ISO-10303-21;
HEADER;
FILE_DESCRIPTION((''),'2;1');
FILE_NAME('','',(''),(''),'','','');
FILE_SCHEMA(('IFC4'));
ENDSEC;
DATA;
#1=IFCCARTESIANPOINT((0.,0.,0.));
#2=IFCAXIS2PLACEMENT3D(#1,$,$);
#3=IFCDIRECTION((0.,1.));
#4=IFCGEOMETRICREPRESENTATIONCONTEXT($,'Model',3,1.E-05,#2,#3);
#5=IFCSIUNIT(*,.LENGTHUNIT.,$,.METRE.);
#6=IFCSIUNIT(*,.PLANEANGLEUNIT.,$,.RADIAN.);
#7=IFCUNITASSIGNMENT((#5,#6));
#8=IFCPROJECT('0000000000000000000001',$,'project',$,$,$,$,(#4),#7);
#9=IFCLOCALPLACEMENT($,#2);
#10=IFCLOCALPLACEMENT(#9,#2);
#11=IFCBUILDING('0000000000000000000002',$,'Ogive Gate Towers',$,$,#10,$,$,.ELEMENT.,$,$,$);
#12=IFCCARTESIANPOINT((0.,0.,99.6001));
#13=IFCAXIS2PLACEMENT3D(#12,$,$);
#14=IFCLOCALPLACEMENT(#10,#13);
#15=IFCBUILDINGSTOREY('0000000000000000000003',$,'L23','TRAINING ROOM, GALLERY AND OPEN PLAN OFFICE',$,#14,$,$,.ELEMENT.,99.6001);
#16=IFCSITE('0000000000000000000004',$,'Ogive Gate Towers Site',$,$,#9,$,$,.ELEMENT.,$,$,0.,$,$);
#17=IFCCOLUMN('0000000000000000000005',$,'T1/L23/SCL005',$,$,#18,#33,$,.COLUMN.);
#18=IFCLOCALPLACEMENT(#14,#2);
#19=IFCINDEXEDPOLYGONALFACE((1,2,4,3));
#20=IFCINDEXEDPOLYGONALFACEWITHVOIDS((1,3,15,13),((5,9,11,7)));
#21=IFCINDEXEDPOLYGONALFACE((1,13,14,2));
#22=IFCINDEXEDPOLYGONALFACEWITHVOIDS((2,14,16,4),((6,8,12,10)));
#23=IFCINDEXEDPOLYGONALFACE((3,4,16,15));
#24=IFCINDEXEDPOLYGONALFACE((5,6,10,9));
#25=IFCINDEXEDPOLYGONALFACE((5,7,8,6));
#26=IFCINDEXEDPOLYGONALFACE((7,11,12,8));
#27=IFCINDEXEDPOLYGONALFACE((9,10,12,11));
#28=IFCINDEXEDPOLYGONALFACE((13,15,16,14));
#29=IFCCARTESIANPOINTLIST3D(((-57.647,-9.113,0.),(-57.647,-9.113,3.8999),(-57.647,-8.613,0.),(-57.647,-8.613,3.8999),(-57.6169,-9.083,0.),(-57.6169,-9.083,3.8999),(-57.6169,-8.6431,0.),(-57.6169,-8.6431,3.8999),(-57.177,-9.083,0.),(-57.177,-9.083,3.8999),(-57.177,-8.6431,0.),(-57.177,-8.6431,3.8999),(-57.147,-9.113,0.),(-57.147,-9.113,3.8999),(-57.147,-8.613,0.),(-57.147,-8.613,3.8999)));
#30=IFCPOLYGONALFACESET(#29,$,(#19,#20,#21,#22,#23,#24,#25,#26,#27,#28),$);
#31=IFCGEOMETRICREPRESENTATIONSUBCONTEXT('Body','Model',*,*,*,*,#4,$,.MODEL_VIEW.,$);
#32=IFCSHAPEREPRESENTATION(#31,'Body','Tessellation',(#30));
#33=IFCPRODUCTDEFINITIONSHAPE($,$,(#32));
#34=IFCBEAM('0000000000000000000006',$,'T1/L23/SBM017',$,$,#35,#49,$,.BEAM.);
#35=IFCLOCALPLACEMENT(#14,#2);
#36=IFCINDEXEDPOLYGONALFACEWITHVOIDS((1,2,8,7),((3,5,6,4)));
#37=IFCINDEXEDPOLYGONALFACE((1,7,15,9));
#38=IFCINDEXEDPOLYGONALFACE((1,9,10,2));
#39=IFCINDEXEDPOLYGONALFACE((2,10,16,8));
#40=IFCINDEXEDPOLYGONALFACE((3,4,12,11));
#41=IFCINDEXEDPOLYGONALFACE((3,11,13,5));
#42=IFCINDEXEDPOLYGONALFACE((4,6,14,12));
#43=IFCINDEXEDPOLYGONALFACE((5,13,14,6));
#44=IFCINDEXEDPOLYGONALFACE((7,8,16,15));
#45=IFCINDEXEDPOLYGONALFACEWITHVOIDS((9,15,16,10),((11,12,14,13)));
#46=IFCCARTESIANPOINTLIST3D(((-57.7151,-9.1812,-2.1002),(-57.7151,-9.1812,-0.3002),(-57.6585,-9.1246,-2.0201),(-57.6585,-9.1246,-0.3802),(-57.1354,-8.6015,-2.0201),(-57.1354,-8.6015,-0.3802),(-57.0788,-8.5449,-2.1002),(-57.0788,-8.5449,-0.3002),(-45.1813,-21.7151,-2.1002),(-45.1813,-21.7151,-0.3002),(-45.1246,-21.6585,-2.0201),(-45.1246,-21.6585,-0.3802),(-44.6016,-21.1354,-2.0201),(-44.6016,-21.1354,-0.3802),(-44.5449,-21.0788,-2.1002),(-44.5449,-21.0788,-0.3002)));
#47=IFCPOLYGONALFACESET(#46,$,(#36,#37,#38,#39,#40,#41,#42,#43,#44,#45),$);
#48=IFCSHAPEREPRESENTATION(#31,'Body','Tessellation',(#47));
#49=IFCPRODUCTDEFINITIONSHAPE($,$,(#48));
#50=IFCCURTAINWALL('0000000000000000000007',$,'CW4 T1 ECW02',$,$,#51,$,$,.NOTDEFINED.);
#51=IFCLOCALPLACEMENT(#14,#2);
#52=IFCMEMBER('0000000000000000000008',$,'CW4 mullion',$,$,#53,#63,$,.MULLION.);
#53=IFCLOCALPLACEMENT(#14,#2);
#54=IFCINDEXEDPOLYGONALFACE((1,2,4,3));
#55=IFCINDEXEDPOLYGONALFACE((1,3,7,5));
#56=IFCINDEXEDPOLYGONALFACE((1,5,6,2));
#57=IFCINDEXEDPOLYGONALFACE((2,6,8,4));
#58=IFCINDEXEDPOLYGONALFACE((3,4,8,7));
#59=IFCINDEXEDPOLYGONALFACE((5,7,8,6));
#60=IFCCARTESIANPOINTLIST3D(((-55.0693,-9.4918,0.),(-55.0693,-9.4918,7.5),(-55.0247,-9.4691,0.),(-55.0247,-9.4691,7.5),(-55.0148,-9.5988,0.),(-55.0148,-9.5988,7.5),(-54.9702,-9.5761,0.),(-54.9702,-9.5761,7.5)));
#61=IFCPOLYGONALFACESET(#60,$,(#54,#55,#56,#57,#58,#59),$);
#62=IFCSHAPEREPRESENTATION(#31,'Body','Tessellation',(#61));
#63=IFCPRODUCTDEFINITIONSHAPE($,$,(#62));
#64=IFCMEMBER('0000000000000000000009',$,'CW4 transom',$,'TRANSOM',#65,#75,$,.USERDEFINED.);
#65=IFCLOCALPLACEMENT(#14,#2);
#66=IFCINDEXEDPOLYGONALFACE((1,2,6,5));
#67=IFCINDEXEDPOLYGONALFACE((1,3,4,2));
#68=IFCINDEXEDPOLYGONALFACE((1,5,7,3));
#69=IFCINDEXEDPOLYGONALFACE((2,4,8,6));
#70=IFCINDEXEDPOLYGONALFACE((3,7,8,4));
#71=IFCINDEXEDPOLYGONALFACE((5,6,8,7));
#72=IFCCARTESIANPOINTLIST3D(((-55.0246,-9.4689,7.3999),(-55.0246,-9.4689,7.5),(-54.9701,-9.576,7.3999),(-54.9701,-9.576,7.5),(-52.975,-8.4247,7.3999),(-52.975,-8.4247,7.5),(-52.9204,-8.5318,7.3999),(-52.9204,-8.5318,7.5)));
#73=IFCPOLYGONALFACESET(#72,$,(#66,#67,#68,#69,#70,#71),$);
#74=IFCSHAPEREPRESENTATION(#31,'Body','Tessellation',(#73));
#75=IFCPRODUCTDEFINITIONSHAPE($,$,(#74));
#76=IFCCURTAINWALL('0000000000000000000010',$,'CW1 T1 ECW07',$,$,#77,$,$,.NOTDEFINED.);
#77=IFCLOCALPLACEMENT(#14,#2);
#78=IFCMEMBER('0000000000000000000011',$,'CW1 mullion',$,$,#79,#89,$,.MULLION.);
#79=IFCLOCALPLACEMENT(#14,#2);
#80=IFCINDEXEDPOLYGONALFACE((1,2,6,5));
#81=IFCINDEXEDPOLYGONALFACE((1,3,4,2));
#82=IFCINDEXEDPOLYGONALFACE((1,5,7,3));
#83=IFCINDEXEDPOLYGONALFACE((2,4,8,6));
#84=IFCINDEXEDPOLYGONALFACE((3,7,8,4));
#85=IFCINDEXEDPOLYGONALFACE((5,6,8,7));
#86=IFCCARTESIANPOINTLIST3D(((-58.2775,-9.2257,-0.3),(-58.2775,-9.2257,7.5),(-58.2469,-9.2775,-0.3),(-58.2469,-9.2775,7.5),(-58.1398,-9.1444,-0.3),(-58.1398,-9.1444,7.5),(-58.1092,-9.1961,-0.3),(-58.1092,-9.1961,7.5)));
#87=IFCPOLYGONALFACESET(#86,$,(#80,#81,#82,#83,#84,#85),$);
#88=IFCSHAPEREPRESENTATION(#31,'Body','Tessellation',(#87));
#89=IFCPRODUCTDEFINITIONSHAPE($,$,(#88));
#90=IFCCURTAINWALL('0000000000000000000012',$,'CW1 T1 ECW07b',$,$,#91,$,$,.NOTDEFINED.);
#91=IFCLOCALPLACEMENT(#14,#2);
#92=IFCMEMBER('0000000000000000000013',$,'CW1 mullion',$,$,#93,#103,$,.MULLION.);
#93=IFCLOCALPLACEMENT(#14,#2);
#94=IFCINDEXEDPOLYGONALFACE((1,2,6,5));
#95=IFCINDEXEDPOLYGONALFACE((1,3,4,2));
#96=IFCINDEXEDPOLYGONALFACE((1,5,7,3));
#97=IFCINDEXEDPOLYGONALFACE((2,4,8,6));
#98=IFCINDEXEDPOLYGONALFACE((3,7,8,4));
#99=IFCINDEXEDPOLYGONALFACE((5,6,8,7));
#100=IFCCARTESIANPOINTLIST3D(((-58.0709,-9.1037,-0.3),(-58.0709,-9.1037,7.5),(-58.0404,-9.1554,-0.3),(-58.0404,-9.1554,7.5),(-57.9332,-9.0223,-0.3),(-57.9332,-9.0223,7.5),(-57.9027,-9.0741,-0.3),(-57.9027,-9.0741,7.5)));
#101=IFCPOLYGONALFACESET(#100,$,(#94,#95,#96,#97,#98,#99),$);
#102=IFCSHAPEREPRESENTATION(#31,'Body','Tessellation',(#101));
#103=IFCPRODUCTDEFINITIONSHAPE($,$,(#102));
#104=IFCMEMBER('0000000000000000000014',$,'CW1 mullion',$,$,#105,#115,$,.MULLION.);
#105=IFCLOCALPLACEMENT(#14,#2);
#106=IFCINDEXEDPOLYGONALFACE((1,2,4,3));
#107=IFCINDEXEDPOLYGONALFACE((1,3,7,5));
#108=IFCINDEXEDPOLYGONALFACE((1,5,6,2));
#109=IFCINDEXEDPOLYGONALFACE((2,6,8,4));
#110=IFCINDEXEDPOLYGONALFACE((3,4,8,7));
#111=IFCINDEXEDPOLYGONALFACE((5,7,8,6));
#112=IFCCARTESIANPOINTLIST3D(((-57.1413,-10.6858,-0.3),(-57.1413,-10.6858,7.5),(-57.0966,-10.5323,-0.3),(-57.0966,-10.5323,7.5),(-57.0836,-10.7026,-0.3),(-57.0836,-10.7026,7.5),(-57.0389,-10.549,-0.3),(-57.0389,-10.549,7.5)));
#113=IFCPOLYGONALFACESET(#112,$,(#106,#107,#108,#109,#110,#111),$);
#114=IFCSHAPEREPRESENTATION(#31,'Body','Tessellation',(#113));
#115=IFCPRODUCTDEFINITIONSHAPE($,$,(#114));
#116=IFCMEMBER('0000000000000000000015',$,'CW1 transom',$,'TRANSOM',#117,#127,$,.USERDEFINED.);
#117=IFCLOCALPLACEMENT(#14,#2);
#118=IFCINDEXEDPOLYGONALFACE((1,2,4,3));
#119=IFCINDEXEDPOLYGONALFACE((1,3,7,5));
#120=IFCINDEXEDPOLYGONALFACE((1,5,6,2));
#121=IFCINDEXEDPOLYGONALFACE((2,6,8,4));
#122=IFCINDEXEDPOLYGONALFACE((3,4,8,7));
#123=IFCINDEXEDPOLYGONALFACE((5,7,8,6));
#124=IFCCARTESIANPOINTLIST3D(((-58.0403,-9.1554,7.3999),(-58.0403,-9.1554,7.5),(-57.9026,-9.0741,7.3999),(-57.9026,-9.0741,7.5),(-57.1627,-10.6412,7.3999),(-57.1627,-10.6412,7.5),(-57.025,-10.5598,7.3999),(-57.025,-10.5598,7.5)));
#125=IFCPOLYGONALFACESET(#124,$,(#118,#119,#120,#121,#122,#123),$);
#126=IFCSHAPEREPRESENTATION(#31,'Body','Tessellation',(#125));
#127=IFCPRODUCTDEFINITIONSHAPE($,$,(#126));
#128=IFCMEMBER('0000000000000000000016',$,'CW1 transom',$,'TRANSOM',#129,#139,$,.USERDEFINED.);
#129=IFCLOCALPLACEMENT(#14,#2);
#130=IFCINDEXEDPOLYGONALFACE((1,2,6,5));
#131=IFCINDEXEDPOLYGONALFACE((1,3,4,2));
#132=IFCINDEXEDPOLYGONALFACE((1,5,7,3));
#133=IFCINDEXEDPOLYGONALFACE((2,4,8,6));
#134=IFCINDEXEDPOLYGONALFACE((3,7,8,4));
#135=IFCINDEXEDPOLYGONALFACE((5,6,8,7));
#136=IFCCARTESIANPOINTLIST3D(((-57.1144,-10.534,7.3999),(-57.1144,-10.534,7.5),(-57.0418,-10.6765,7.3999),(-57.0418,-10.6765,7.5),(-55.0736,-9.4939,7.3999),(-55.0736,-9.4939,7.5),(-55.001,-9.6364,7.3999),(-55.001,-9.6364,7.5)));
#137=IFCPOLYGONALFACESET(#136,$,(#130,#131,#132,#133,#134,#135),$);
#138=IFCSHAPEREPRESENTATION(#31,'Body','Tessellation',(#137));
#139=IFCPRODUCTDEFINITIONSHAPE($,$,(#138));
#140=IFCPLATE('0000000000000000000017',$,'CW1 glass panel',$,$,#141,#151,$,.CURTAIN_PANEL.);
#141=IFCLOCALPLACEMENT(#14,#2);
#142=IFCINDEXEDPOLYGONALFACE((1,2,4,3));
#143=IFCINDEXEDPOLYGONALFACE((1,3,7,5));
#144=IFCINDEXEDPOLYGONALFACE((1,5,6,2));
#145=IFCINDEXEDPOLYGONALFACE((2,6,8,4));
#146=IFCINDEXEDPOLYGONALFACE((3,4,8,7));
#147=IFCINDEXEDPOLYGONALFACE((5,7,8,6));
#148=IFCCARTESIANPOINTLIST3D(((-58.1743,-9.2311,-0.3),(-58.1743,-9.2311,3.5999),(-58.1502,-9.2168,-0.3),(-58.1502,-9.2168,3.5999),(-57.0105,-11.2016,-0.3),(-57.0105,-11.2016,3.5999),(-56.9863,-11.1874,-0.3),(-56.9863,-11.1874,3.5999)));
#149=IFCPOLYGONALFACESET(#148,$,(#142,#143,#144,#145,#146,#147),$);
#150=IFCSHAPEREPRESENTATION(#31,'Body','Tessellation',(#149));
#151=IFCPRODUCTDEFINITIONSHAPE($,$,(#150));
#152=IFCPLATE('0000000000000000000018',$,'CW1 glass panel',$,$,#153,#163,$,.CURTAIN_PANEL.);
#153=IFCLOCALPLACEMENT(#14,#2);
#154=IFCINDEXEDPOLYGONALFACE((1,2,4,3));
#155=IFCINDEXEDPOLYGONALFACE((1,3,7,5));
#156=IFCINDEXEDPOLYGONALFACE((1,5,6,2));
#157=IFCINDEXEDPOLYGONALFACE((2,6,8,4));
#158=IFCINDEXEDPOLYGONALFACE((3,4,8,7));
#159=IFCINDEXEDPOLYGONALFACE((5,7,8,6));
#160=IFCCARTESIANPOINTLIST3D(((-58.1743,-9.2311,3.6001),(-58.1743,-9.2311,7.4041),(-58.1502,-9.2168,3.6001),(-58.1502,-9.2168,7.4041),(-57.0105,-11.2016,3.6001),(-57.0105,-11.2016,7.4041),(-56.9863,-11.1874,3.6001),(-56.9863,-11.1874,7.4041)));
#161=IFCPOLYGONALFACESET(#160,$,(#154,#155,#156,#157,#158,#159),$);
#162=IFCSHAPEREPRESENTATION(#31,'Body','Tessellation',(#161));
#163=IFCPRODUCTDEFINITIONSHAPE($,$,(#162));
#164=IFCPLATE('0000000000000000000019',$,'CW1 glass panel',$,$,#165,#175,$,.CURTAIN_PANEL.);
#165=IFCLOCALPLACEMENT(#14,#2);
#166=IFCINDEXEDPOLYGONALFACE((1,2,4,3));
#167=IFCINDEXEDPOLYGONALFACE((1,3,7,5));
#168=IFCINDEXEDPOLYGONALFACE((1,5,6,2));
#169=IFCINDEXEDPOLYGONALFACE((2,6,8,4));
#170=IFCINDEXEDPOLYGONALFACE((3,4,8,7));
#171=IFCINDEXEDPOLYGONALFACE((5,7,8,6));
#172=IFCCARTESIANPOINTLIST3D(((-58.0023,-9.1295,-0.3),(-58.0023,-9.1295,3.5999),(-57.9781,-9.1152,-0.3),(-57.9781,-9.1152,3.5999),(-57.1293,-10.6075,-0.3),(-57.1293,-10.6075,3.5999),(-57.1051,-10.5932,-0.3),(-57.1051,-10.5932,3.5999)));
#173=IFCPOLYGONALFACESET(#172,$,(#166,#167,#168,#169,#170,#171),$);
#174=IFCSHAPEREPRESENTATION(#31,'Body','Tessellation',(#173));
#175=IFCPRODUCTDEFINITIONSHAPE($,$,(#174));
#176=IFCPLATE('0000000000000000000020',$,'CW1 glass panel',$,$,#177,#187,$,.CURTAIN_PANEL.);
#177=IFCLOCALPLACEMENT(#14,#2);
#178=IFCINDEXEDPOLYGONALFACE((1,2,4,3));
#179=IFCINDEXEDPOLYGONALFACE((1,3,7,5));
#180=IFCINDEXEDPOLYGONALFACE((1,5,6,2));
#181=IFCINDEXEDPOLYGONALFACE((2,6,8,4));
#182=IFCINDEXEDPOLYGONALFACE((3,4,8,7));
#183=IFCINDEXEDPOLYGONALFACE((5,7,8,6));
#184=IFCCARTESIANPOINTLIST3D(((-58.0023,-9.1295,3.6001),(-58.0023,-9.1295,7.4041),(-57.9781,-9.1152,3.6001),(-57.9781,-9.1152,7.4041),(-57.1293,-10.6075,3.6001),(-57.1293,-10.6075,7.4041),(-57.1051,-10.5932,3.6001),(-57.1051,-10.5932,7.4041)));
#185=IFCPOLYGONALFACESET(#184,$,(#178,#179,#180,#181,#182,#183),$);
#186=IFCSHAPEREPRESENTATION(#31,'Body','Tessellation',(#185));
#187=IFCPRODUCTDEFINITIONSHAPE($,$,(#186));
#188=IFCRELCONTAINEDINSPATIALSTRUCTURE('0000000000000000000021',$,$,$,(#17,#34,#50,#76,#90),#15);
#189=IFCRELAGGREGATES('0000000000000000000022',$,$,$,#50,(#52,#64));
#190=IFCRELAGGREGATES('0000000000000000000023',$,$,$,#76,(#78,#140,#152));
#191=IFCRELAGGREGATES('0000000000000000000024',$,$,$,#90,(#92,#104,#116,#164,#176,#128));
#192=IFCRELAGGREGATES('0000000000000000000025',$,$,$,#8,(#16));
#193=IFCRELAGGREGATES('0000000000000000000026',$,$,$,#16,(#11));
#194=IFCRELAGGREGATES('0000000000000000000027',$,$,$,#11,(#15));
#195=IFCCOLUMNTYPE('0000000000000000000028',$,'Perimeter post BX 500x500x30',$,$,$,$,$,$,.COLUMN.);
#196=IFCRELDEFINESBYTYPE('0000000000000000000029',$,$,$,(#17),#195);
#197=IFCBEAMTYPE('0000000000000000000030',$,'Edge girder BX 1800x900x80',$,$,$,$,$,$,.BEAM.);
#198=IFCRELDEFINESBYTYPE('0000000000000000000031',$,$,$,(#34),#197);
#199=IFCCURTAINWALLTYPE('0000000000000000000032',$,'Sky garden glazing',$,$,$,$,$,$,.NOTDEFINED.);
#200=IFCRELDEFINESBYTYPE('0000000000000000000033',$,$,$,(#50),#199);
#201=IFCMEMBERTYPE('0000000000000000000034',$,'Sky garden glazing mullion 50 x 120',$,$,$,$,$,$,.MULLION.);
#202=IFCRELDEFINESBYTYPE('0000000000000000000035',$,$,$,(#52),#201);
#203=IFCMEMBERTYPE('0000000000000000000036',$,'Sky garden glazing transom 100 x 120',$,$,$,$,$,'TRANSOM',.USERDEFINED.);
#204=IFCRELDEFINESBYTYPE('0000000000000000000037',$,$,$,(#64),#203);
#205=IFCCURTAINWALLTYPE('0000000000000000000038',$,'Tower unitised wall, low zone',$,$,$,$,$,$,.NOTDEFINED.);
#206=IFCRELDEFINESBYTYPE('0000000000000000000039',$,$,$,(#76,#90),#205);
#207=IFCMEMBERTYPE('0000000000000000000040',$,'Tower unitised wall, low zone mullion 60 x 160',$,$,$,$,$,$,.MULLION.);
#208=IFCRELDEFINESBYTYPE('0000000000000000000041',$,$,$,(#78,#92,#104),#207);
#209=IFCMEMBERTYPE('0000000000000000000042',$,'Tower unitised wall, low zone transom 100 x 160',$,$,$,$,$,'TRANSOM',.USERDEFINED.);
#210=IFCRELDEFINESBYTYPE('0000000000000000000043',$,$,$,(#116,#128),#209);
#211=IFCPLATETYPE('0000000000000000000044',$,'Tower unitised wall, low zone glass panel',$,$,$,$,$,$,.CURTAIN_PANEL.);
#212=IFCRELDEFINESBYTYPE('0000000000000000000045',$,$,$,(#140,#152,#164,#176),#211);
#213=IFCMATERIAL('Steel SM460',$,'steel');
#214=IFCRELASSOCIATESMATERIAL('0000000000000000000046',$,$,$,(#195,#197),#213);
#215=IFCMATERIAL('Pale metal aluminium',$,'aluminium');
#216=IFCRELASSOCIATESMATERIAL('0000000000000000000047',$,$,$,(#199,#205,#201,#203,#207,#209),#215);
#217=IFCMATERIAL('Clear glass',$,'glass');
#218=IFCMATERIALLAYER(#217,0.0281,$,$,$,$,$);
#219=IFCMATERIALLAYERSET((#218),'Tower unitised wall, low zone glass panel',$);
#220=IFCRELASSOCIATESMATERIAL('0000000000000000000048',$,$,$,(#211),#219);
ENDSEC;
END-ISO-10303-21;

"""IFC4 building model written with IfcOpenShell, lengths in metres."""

from ifc_helpers import new_model, si_unit, direction, frame, origin, origin_2d, place, context, subcontext, project, spatial, rectangle, hollow_rectangle, extrude, material, layer, layer_set, material_profile, profile_set, type_object, element, aggregate, save


model = new_model("IFC4")

# Units and contexts
model_context = context("Model", 3, precision=1e-05, world=origin(), true_north=direction((0.0, 1.0)))
body_context = subcontext(model_context, "Body", "Model", "MODEL_VIEW")
ifc_project = project(units=[si_unit("LENGTHUNIT", "METRE"), si_unit("PLANEANGLEUNIT", "RADIAN")], contexts=[model_context])

# Site, building, storey
site_placement = place(None, origin())
site = spatial("IfcSite", under=ifc_project, at=site_placement, Name="Ogive Gate Towers Site", CompositionType="ELEMENT", RefElevation=0.0)
building_placement = place(site_placement, origin())
building = spatial("IfcBuilding", under=site, at=building_placement, Name="Ogive Gate Towers", CompositionType="ELEMENT")
storey_placement = place(building_placement, frame((0.0, 0.0, 99.6001)))
storey = spatial("IfcBuildingStorey", under=building, at=storey_placement, Name="L23", Description="TRAINING ROOM, GALLERY AND OPEN PLAN OFFICE", CompositionType="ELEMENT", Elevation=99.6001)

# Column
ifc_material_1 = material(Name="Steel SM460", Category="steel")
ifc_material_profile_1 = material_profile(ifc_material_1, hollow_rectangle(XDim=0.5, YDim=0.5, WallThickness=0.03, at=origin_2d()), Name="BX 500x500x30")
ifc_profile_set_1 = profile_set([ifc_material_profile_1], Name="Steel SM460")
column_type = type_object("IfcColumnType", Name="Perimeter post BX 500x500x30", PredefinedType="COLUMN", material=ifc_profile_set_1)
column_placement = place(storey_placement, frame((-57.397, -8.863, 0.0), z_axis=(0.0, 0.0, 1.0), x_axis=(1.0, 0.0, 0.0)))
element("IfcColumn", 1, at=column_placement, inside=storey, type_object=column_type, Name="T1/L23/SCL005", PredefinedType="COLUMN", context=body_context, shape_type="SweptSolid", body=[
    extrude(hollow_rectangle(XDim=0.5, YDim=0.5, WallThickness=0.03, at=origin_2d()), origin(), (0.0, 0.0, 1.0), 3.8999),
])

# Beam
ifc_material_profile_2 = material_profile(ifc_material_1, hollow_rectangle(XDim=0.8999, YDim=1.8, WallThickness=0.0801, at=origin_2d()), Name="BX 1800x900x80")
ifc_profile_set_2 = profile_set([ifc_material_profile_2], Name="Steel SM460")
beam_type = type_object("IfcBeamType", Name="Edge girder BX 1800x900x80", PredefinedType="BEAM", material=ifc_profile_set_2)
beam_placement = place(storey_placement, frame((-57.397, -8.863, -1.2002), z_axis=(0.707107, -0.707107, 0.0), x_axis=(0.707107, 0.707107, 0.0)))
element("IfcBeam", 2, at=beam_placement, inside=storey, type_object=beam_type, Name="T1/L23/SBM017", PredefinedType="BEAM", context=body_context, shape_type="SweptSolid", body=[
    extrude(hollow_rectangle(XDim=0.8999, YDim=1.8, WallThickness=0.0801, at=origin_2d()), origin(), (0.0, 0.0, 1.0), 17.7256),
])

# Curtain wall, members
ifc_material_2 = material(Name="Pale metal aluminium", Category="aluminium")
curtain_wall_type_1 = type_object("IfcCurtainWallType", Name="Sky garden glazing", PredefinedType="NOTDEFINED", material=ifc_material_2)
curtain_wall_1_placement = place(storey_placement, origin())
curtain_wall_1 = element("IfcCurtainWall", 3, at=curtain_wall_1_placement, inside=storey, type_object=curtain_wall_type_1, Name="CW4 T1 ECW02", PredefinedType="NOTDEFINED")
ifc_material_profile_3 = material_profile(ifc_material_2, rectangle(XDim=0.1201, YDim=0.05, at=origin_2d()), Name="50 x 120 aluminium box")
ifc_profile_set_3 = profile_set([ifc_material_profile_3], Name="Pale metal aluminium")
member_type_1 = type_object("IfcMemberType", Name="Sky garden glazing mullion 50 x 120", PredefinedType="MULLION", material=ifc_profile_set_3)
member_1_placement = place(storey_placement, frame((-55.0198, -9.5339, 0.0), z_axis=(0.0, 0.0, 1.0), x_axis=(0.453975, -0.891014, 0.0)))
member_1 = element("IfcMember", 4, at=member_1_placement, type_object=member_type_1, Name="CW4 mullion", PredefinedType="MULLION", context=body_context, shape_type="SweptSolid", body=[
    extrude(rectangle(XDim=0.1201, YDim=0.05, at=origin_2d()), origin(), (0.0, 0.0, 1.0), 7.5),
])
ifc_material_profile_4 = material_profile(ifc_material_2, rectangle(XDim=0.1201, YDim=0.1001, at=origin_2d()), Name="100 x 120 aluminium box")
ifc_profile_set_4 = profile_set([ifc_material_profile_4], Name="Pale metal aluminium")
member_type_2 = type_object("IfcMemberType", Name="Sky garden glazing transom 100 x 120", ElementType="TRANSOM", PredefinedType="USERDEFINED", material=ifc_profile_set_4)
member_2_placement = place(storey_placement, frame((-54.9973, -9.5225, 7.45), z_axis=(0.891027, 0.453951, 0.0), x_axis=(-0.453951, 0.891027, 0.0)))
member_2 = element("IfcMember", 5, at=member_2_placement, type_object=member_type_2, Name="CW4 transom", ObjectType="TRANSOM", PredefinedType="USERDEFINED", context=body_context, shape_type="SweptSolid", body=[
    extrude(rectangle(XDim=0.1201, YDim=0.1001, at=origin_2d()), origin(), (0.0, 0.0, 1.0), 2.3003),
])
aggregate(curtain_wall_1, [member_1, member_2])

# Curtain wall, member
curtain_wall_type_2 = type_object("IfcCurtainWallType", Name="Tower unitised wall, low zone", PredefinedType="NOTDEFINED", material=ifc_material_2)
curtain_wall_2_placement = place(storey_placement, origin())
curtain_wall_2 = element("IfcCurtainWall", 6, at=curtain_wall_2_placement, inside=storey, type_object=curtain_wall_type_2, Name="CW1 T1 ECW07", PredefinedType="NOTDEFINED")
ifc_material_profile_5 = material_profile(ifc_material_2, rectangle(XDim=0.1599, YDim=0.0601, at=origin_2d()), Name="60 x 160 aluminium box")
ifc_profile_set_5 = profile_set([ifc_material_profile_5], Name="Pale metal aluminium")
member_type_3 = type_object("IfcMemberType", Name="Tower unitised wall, low zone mullion 60 x 160", PredefinedType="MULLION", material=ifc_profile_set_5)
member_3_placement = place(storey_placement, frame((-58.1934, -9.2109, -0.3), z_axis=(0.0, 0.0, 1.0), x_axis=(0.861035, 0.508546, 0.0)))
member_3 = element("IfcMember", 7, at=member_3_placement, type_object=member_type_3, Name="CW1 mullion", PredefinedType="MULLION", context=body_context, shape_type="SweptSolid", body=[
    extrude(rectangle(XDim=0.1599, YDim=0.0601, at=origin_2d()), origin(), (0.0, 0.0, 1.0), 7.8),
])

# Curtain wall, members
curtain_wall_3_placement = place(storey_placement, origin())
curtain_wall_3 = element("IfcCurtainWall", 8, at=curtain_wall_3_placement, inside=storey, type_object=curtain_wall_type_2, Name="CW1 T1 ECW07b", PredefinedType="NOTDEFINED")
member_4_placement = place(storey_placement, frame((-57.9868, -9.0889, -0.3), z_axis=(0.0, 0.0, 1.0), x_axis=(-0.861026, -0.508561, 0.0)))
member_4 = element("IfcMember", 9, at=member_4_placement, type_object=member_type_3, Name="CW1 mullion", PredefinedType="MULLION", context=body_context, shape_type="SweptSolid", body=[
    extrude(rectangle(XDim=0.1599, YDim=0.0601, at=origin_2d()), origin(), (0.0, 0.0, 1.0), 7.8),
])
member_5_placement = place(storey_placement, frame((-57.0901, -10.6174, -0.3), z_axis=(0.0, 0.0, 1.0), x_axis=(-0.279259, -0.960216, 0.0)))
member_5 = element("IfcMember", 10, at=member_5_placement, type_object=member_type_3, Name="CW1 mullion", PredefinedType="MULLION", context=body_context, shape_type="SweptSolid", body=[
    extrude(rectangle(XDim=0.1599, YDim=0.0601, at=origin_2d()), origin(), (0.0, 0.0, 1.0), 7.8),
])
ifc_material_profile_6 = material_profile(ifc_material_2, rectangle(XDim=0.1599, YDim=0.1001, at=origin_2d()), Name="100 x 160 aluminium box")
ifc_profile_set_6 = profile_set([ifc_material_profile_6], Name="Pale metal aluminium")
member_type_4 = type_object("IfcMemberType", Name="Tower unitised wall, low zone transom 100 x 160", ElementType="TRANSOM", PredefinedType="USERDEFINED", material=ifc_profile_set_6)
member_6_placement = place(storey_placement, frame((-57.9714, -9.1147, 7.45), z_axis=(0.508596, -0.861005, 0.0), x_axis=(0.861005, 0.508596, 0.0)))
member_6 = element("IfcMember", 11, at=member_6_placement, type_object=member_type_4, Name="CW1 transom", ObjectType="TRANSOM", PredefinedType="USERDEFINED", context=body_context, shape_type="SweptSolid", body=[
    extrude(rectangle(XDim=0.1599, YDim=0.1001, at=origin_2d()), origin(), (0.0, 0.0, 1.0), 1.7256),
])
member_7_placement = place(storey_placement, frame((-57.0781, -10.6052, 7.45), z_axis=(0.890969, 0.454065, 0.0), x_axis=(-0.454065, 0.890969, 0.0)))
member_7 = element("IfcMember", 12, at=member_7_placement, type_object=member_type_4, Name="CW1 transom", ObjectType="TRANSOM", PredefinedType="USERDEFINED", context=body_context, shape_type="SweptSolid", body=[
    extrude(rectangle(XDim=0.1599, YDim=0.1001, at=origin_2d()), origin(), (0.0, 0.0, 1.0), 2.2905),
])

# Plates
ifc_material_3 = material(Name="Clear glass", Category="glass")
ifc_layer = layer(ifc_material_3, 0.0281)
ifc_layer_set = layer_set([ifc_layer], Name="Tower unitised wall, low zone glass panel")
plate_type = type_object("IfcPlateType", Name="Tower unitised wall, low zone glass panel", PredefinedType="CURTAIN_PANEL", material=ifc_layer_set)
plate_1_placement = place(storey_placement, frame((-57.5803, -10.2092, -0.3), z_axis=(0.0, 0.0, 1.0), x_axis=(-0.508546, 0.861035, 0.0)))
plate_1 = element("IfcPlate", 13, at=plate_1_placement, type_object=plate_type, Name="CW1 glass panel", PredefinedType="CURTAIN_PANEL", context=body_context, shape_type="SweptSolid", body=[
    extrude(rectangle(XDim=2.2886, YDim=0.0281, at=origin_2d()), origin(), (0.0, 0.0, 1.0), 3.8999),
])
plate_2_placement = place(storey_placement, frame((-57.5803, -10.2092, 3.6001), z_axis=(0.0, 0.0, 1.0), x_axis=(-0.508546, 0.861035, 0.0)))
plate_2 = element("IfcPlate", 14, at=plate_2_placement, type_object=plate_type, Name="CW1 glass panel", PredefinedType="CURTAIN_PANEL", context=body_context, shape_type="SweptSolid", body=[
    extrude(rectangle(XDim=2.2886, YDim=0.0281, at=origin_2d()), origin(), (0.0, 0.0, 1.0), 3.804),
])
aggregate(curtain_wall_2, [member_3, plate_1, plate_2])
plate_3_placement = place(storey_placement, frame((-57.5537, -9.8613, -0.3), z_axis=(0.0, 0.0, 1.0), x_axis=(0.508561, -0.861026, 0.0)))
plate_3 = element("IfcPlate", 15, at=plate_3_placement, type_object=plate_type, Name="CW1 glass panel", PredefinedType="CURTAIN_PANEL", context=body_context, shape_type="SweptSolid", body=[
    extrude(rectangle(XDim=1.7166, YDim=0.0281, at=origin_2d()), origin(), (0.0, 0.0, 1.0), 3.8999),
])
plate_4_placement = place(storey_placement, frame((-57.5537, -9.8613, 3.6001), z_axis=(0.0, 0.0, 1.0), x_axis=(0.508561, -0.861026, 0.0)))
plate_4 = element("IfcPlate", 16, at=plate_4_placement, type_object=plate_type, Name="CW1 glass panel", PredefinedType="CURTAIN_PANEL", context=body_context, shape_type="SweptSolid", body=[
    extrude(rectangle(XDim=1.7166, YDim=0.0281, at=origin_2d()), origin(), (0.0, 0.0, 1.0), 3.804),
])
aggregate(curtain_wall_3, [member_4, member_5, member_6, plate_3, plate_4, member_7])

save(model, "model.ifc")
